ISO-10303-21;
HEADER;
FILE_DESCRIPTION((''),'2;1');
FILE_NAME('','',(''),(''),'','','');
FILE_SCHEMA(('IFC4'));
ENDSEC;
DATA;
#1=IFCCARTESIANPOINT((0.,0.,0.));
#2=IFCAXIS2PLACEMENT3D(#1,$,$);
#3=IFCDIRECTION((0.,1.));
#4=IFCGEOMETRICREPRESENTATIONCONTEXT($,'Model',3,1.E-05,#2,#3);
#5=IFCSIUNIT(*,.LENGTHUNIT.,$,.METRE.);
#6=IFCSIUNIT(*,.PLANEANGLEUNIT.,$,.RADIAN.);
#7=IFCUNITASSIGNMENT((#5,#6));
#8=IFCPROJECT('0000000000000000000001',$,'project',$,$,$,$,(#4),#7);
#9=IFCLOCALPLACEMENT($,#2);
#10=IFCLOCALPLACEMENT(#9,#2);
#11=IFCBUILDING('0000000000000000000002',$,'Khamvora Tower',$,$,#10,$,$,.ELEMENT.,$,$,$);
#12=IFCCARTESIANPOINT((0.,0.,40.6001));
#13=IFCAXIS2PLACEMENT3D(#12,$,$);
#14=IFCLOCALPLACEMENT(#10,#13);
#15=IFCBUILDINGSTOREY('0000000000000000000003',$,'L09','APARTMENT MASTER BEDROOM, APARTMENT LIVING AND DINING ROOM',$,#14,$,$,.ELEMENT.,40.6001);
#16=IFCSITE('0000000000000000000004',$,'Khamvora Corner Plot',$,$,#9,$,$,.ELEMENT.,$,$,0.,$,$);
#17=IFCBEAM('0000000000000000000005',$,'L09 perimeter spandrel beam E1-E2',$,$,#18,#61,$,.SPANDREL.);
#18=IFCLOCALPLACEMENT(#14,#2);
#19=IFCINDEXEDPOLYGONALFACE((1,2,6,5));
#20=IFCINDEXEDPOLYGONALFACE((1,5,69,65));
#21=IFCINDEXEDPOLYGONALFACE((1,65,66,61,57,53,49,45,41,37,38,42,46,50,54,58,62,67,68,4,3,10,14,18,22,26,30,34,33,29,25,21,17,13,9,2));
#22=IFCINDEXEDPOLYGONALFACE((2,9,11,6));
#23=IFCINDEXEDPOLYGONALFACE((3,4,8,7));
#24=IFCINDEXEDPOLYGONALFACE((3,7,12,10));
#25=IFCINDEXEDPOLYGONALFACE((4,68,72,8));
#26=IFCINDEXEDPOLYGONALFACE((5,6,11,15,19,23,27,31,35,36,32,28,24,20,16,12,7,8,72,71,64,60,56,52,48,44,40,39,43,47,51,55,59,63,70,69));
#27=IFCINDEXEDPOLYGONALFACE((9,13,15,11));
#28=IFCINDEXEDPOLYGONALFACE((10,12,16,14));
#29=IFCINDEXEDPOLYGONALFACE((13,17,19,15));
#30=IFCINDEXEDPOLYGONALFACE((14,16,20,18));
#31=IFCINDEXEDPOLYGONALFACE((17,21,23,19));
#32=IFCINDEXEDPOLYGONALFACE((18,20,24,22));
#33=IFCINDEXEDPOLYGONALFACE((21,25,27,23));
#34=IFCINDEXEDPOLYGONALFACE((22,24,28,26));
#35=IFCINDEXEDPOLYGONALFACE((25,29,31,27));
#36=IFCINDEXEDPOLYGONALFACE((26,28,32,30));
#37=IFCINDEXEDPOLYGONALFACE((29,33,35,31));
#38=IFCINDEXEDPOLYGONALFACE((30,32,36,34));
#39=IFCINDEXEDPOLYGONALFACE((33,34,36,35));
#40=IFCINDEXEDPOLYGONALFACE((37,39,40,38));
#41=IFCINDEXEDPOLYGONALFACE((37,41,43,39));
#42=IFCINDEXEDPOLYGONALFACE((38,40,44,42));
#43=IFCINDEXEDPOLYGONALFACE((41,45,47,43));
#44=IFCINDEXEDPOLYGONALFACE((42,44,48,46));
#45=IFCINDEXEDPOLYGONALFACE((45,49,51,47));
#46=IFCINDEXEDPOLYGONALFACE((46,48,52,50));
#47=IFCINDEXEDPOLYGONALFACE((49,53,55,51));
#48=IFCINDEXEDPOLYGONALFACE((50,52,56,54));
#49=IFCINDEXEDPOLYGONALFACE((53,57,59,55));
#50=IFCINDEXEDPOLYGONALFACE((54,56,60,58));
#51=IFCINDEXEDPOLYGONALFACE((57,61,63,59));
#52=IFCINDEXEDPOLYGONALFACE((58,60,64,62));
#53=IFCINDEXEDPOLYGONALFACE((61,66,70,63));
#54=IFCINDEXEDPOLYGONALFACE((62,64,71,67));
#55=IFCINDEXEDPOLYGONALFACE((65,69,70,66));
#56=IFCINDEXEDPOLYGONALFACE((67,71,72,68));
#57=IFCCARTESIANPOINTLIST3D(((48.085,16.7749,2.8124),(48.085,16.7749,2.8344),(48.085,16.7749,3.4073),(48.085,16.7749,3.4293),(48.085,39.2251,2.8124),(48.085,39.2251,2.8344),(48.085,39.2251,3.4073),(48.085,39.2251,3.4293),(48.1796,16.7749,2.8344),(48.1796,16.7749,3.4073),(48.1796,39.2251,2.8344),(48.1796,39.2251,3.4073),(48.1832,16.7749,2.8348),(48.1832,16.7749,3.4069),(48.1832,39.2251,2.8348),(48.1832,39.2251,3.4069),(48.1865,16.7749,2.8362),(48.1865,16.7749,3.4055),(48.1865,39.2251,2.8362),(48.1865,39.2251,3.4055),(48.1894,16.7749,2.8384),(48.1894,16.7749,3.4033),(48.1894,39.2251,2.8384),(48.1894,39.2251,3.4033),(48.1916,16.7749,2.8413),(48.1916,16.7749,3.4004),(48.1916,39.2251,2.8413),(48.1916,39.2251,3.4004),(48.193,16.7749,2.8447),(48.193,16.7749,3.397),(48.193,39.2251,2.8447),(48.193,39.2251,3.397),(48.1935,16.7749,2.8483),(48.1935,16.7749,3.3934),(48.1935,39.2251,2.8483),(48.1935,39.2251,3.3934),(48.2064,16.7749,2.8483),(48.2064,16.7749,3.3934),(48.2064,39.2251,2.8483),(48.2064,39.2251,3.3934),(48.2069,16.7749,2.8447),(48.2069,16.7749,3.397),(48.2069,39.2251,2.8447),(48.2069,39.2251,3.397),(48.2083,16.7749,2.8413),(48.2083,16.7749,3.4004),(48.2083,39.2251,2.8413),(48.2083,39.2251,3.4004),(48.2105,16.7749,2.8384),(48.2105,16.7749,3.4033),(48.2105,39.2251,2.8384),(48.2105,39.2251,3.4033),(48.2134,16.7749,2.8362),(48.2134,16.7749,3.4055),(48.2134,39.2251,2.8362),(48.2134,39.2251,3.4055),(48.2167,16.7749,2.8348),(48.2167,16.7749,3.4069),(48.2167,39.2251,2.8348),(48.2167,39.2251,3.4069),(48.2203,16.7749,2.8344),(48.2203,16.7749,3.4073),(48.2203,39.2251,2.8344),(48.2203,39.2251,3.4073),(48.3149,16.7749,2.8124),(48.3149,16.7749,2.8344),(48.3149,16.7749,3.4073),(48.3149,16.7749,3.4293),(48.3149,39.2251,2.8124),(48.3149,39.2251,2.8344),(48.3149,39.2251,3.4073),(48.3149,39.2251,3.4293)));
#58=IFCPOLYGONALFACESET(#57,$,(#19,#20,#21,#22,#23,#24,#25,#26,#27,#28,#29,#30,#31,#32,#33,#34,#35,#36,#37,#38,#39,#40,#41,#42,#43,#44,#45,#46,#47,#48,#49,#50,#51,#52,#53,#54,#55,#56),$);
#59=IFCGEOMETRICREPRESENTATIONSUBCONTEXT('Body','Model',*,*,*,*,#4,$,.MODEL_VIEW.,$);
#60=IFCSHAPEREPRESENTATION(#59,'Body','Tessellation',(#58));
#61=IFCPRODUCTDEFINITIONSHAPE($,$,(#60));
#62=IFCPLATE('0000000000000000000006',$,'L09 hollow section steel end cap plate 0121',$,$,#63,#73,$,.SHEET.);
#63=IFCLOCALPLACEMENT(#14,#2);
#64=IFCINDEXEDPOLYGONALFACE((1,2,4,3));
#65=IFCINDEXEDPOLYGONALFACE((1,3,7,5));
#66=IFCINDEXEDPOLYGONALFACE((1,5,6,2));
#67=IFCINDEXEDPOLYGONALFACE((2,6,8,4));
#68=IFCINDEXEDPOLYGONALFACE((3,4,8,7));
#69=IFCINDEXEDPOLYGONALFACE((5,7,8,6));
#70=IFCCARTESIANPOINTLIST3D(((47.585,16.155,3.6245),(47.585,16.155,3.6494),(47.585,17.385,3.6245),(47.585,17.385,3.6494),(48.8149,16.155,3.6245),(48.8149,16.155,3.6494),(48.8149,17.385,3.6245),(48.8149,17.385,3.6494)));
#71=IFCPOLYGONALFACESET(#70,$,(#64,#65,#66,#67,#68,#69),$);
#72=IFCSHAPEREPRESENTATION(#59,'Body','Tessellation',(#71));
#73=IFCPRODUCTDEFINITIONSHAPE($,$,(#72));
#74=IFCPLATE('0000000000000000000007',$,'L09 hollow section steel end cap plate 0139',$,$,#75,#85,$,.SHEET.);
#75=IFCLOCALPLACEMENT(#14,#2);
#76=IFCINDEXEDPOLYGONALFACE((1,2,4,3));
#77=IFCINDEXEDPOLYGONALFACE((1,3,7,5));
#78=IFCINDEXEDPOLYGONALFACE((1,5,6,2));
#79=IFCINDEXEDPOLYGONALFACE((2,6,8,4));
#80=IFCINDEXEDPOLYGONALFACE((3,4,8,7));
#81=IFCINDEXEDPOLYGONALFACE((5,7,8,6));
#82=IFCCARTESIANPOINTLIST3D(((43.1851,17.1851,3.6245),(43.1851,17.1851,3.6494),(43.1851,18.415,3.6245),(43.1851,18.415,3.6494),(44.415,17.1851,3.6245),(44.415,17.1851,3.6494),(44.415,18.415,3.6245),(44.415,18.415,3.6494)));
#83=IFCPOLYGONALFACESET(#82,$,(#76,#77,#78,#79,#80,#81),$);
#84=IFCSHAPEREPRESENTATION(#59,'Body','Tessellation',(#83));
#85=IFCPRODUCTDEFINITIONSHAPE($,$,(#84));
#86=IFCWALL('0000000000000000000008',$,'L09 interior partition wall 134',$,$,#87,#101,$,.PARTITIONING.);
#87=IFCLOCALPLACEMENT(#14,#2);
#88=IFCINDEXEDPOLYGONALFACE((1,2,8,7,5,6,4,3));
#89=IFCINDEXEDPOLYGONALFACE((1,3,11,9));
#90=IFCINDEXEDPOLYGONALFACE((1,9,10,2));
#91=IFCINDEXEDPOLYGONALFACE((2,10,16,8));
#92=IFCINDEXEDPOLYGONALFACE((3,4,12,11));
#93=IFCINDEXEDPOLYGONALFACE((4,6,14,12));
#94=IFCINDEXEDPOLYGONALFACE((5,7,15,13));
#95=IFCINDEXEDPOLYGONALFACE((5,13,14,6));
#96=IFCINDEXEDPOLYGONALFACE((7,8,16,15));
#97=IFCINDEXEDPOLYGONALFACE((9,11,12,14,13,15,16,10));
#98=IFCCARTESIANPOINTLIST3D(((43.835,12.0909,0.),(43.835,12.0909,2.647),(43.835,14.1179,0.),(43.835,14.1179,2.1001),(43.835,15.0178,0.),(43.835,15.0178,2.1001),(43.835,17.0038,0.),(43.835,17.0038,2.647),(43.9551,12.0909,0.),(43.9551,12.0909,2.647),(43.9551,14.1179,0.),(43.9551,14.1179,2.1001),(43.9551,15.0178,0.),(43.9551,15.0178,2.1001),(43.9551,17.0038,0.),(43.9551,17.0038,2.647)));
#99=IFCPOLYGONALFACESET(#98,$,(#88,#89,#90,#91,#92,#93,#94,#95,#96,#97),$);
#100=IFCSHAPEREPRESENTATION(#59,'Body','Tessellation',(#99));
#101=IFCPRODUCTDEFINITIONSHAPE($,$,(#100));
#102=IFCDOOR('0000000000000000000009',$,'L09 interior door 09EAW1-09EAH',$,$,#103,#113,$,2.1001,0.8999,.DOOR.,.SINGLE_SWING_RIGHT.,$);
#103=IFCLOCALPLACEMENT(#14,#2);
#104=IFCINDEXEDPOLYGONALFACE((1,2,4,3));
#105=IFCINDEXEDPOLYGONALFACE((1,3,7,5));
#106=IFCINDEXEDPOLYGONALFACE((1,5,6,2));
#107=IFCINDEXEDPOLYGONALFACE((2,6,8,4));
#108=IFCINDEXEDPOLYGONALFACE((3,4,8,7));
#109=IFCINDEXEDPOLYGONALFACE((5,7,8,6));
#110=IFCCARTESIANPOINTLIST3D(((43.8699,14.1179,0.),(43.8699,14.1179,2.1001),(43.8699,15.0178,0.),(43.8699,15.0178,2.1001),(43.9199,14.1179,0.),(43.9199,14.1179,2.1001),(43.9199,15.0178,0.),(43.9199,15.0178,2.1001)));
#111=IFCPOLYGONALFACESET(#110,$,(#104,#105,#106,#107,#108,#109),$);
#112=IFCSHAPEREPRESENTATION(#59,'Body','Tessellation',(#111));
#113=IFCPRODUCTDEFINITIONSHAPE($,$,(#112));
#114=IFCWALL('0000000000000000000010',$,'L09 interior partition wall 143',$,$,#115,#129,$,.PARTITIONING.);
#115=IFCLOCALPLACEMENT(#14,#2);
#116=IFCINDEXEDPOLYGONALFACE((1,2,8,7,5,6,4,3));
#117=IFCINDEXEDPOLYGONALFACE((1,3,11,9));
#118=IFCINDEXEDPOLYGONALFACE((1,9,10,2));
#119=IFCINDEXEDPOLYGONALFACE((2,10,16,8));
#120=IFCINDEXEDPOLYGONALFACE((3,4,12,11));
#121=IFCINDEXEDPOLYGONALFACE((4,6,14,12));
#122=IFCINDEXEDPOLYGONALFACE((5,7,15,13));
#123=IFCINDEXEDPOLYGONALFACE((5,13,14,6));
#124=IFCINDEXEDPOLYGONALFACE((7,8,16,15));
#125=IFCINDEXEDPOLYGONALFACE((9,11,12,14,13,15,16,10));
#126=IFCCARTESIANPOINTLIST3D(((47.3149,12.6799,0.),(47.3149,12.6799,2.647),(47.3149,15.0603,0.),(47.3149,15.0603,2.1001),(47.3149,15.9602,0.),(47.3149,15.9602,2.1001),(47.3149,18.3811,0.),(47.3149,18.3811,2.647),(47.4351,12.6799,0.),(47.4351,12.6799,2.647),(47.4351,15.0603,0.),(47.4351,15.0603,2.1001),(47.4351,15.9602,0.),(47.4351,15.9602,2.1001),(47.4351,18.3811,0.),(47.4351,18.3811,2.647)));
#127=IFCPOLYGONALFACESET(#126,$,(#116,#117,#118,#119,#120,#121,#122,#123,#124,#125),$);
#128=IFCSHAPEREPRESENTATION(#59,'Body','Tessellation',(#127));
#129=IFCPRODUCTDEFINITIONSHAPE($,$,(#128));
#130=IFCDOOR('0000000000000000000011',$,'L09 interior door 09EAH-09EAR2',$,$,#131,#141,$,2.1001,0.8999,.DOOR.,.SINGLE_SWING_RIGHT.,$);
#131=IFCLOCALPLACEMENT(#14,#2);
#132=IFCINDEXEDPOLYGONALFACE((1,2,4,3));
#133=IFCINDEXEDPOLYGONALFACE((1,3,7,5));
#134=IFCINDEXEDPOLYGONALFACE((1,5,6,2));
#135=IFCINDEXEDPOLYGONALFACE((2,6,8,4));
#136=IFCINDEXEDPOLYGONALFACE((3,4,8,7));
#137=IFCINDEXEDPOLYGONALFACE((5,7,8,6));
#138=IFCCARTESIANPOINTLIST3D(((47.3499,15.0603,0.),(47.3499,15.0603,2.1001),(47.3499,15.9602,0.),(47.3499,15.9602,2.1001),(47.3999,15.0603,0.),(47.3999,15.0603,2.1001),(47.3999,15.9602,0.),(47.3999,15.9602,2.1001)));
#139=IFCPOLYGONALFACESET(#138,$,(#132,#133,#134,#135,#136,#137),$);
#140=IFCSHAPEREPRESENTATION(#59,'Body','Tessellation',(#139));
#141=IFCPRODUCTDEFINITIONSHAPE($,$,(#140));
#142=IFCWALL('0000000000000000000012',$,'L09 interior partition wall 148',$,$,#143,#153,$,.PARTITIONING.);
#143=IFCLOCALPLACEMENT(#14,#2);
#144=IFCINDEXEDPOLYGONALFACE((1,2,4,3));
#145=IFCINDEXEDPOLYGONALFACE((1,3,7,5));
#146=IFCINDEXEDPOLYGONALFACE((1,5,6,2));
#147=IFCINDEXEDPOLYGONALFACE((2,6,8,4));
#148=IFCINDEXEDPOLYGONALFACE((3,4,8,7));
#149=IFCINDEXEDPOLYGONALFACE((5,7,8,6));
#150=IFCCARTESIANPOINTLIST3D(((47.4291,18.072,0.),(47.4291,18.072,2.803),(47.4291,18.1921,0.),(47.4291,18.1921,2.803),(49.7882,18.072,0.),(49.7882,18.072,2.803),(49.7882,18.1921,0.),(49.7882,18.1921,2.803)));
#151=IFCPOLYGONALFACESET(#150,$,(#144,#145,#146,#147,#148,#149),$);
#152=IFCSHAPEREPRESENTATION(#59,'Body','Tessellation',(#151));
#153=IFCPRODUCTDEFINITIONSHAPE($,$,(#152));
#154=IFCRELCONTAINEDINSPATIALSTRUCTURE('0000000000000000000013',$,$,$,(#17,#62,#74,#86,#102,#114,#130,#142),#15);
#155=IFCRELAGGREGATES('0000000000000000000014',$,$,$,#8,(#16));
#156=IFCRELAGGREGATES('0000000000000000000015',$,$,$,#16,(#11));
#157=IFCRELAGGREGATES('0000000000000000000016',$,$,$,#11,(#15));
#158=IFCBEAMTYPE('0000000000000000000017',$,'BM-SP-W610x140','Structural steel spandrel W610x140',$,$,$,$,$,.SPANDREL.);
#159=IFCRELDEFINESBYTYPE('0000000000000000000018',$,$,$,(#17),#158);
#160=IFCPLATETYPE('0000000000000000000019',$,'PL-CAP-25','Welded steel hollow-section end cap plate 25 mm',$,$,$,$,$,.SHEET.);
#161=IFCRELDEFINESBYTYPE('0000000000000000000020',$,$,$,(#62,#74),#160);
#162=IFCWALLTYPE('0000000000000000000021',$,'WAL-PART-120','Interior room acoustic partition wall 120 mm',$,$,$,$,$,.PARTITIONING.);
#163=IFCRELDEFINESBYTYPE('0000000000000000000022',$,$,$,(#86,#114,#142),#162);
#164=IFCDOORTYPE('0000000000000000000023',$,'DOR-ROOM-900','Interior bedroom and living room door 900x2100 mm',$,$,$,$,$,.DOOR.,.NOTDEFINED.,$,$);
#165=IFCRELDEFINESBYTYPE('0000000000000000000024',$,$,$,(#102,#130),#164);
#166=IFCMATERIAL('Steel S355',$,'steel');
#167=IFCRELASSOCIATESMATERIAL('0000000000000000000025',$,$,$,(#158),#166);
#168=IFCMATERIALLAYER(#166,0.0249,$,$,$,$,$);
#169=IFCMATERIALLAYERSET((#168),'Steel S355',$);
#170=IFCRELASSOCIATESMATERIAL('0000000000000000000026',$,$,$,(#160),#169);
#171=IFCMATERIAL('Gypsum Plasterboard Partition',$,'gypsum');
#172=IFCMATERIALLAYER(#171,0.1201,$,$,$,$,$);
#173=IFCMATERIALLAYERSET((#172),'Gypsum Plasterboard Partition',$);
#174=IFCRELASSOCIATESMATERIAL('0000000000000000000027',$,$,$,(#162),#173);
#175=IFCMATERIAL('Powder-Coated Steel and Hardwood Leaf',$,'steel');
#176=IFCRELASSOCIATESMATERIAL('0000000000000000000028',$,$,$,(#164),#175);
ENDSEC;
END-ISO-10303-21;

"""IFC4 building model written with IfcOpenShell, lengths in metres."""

from ifc_helpers import new_model, si_unit, direction, frame, frame_2d, origin, origin_2d, place, context, subcontext, project, spatial, rectangle, i_section, extrude, material, layer, layer_set, material_profile, profile_set, type_object, element, fill, save


model = new_model("IFC4")

# Units and contexts
model_context = context("Model", 3, precision=1e-05, world=origin(), true_north=direction((0.0, 1.0)))
body_context = subcontext(model_context, "Body", "Model", "MODEL_VIEW")
ifc_project = project(units=[si_unit("LENGTHUNIT", "METRE"), si_unit("PLANEANGLEUNIT", "RADIAN")], contexts=[model_context])

# Site, building, storey
site_placement = place(None, origin())
site = spatial("IfcSite", under=ifc_project, at=site_placement, Name="Khamvora Corner Plot", CompositionType="ELEMENT", RefElevation=0.0)
building_placement = place(site_placement, origin())
building = spatial("IfcBuilding", under=site, at=building_placement, Name="Khamvora Tower", CompositionType="ELEMENT")
storey_placement = place(building_placement, frame((0.0, 0.0, 40.6001)))
storey = spatial("IfcBuildingStorey", under=building, at=storey_placement, Name="L09", Description="APARTMENT MASTER BEDROOM, APARTMENT LIVING AND DINING ROOM", CompositionType="ELEMENT", Elevation=40.6001)

# Beam
ifc_material_1 = material(Name="Steel S355", Category="steel")
ifc_material_profile_1 = material_profile(ifc_material_1, i_section(OverallWidth=0.23, OverallDepth=0.6169, WebThickness=0.0129, FlangeThickness=0.022, FilletRadius=0.0139, at=origin_2d()), Name="W610x140")
ifc_profile_set_1 = profile_set([ifc_material_profile_1], Name="Steel S355")
beam_type_1 = type_object("IfcBeamType", Name="BM-SP-W610x140", Description="Structural steel spandrel W610x140", PredefinedType="SPANDREL", material=ifc_profile_set_1)
beam_1_placement = place(storey_placement, frame((48.2, 16.7749, 3.1208), z_axis=(0.0, 1.0, 0.0), x_axis=(-1.0, 0.0, 0.0)))
element("IfcBeam", 1, at=beam_1_placement, inside=storey, type_object=beam_type_1, Name="L09 perimeter spandrel beam E1-E2", PredefinedType="SPANDREL", context=body_context, shape_type="SweptSolid", body=[
    extrude(i_section(OverallWidth=0.23, OverallDepth=0.6169, WebThickness=0.0129, FlangeThickness=0.022, FilletRadius=0.0139, at=origin_2d()), origin(), (0.0, 0.0, 1.0), 22.4502),
])

# Plates
ifc_layer_1 = layer(ifc_material_1, 0.0249)
ifc_layer_set_1 = layer_set([ifc_layer_1], Name="Steel S355")
plate_type = type_object("IfcPlateType", Name="PL-CAP-25", Description="Welded steel hollow-section end cap plate 25 mm", PredefinedType="SHEET", material=ifc_layer_set_1)
for number, where, z_axis, x_axis, name in (
    (2, (48.2, 16.77, 3.6245), (0.0, 0.0, 1.0), (1.0, 0.0, 0.0), "L09 hollow section steel end cap plate 0121"),
    (3, (43.8, 17.8, 3.6245), (0.0, 0.0, 1.0), (1.0, 0.0, 0.0), "L09 hollow section steel end cap plate 0139"),
):
    element("IfcPlate", number, at=place(storey_placement, frame(where, z_axis=z_axis, x_axis=x_axis)), inside=storey, type_object=plate_type, Name=name, PredefinedType="SHEET", context=body_context, shape_type="SweptSolid", body=[
        extrude(rectangle(XDim=1.23, YDim=1.23, at=origin_2d()), origin(), (0.0, 0.0, 1.0), 0.0249),
    ])

# Walls, openings, doors
ifc_material_2 = material(Name="Gypsum Plasterboard Partition", Category="gypsum")
ifc_layer_2 = layer(ifc_material_2, 0.1201)
ifc_layer_set_2 = layer_set([ifc_layer_2], Name="Gypsum Plasterboard Partition")
wall_type_1 = type_object("IfcWallType", Name="WAL-PART-120", Description="Interior room acoustic partition wall 120 mm", PredefinedType="PARTITIONING", material=ifc_layer_set_2)
wall_1_placement = place(storey_placement, frame((43.895, 17.0039, 0.0), z_axis=(0.0, 0.0, 1.0), x_axis=(0.0, -1.0, 0.0)))
wall_1 = element("IfcWall", 4, at=wall_1_placement, inside=storey, type_object=wall_type_1, Name="L09 interior partition wall 134", PredefinedType="PARTITIONING", context=body_context, shape_type="SweptSolid", body=[
    extrude(rectangle(XDim=4.9128, YDim=0.1201, at=frame_2d((2.4565, 0.0))), origin(), (0.0, 0.0, 1.0), 2.647),
])
opening_1_placement = place(wall_1_placement, frame((1.9861, 0.0, 0.0)))
opening_1 = element("IfcOpeningElement", 5, at=opening_1_placement, cuts=wall_1, PredefinedType="OPENING", context=body_context, shape_type="SweptSolid", body=[
    extrude(rectangle(XDim=0.8999, YDim=2.1001, at=frame_2d((0.45, 1.05))), frame((0.0, 0.0701, 0.0), z_axis=(0.0, -1.0, 0.0), x_axis=(1.0, 0.0, 0.0)), (0.0, 0.0, 1.0), 0.1401),
])
ifc_material_3 = material(Name="Powder-Coated Steel and Hardwood Leaf", Category="steel")
door_type_1 = type_object("IfcDoorType", Name="DOR-ROOM-900", Description="Interior bedroom and living room door 900x2100 mm", OperationType="NOTDEFINED", PredefinedType="DOOR", material=ifc_material_3)
door_1_placement = place(opening_1_placement, origin())
door_1 = element("IfcDoor", 6, at=door_1_placement, inside=storey, type_object=door_type_1, Name="L09 interior door 09EAW1-09EAH", OperationType="SINGLE_SWING_RIGHT", OverallHeight=2.1001, OverallWidth=0.8999, PredefinedType="DOOR", context=body_context, shape_type="SweptSolid", body=[
    extrude(rectangle(XDim=0.8999, YDim=2.1001, at=frame_2d((0.45, 1.05))), frame((0.0, 0.0249, 0.0), z_axis=(0.0, -1.0, 0.0), x_axis=(1.0, 0.0, 0.0)), (0.0, 0.0, 1.0), 0.05),
])
fill(opening_1, door_1)
wall_2_placement = place(storey_placement, frame((47.375, 18.3811, 0.0), z_axis=(0.0, 0.0, 1.0), x_axis=(0.0, -1.0, 0.0)))
wall_2 = element("IfcWall", 7, at=wall_2_placement, inside=storey, type_object=wall_type_1, Name="L09 interior partition wall 143", PredefinedType="PARTITIONING", context=body_context, shape_type="SweptSolid", body=[
    extrude(rectangle(XDim=5.7012, YDim=0.1201, at=frame_2d((2.8506, 0.0))), origin(), (0.0, 0.0, 1.0), 2.647),
])
opening_2_placement = place(wall_2_placement, frame((2.4209, 0.0, 0.0)))
opening_2 = element("IfcOpeningElement", 8, at=opening_2_placement, cuts=wall_2, PredefinedType="OPENING", context=body_context, shape_type="SweptSolid", body=[
    extrude(rectangle(XDim=0.8999, YDim=2.1001, at=frame_2d((0.45, 1.05))), frame((0.0, 0.0701, 0.0), z_axis=(0.0, -1.0, 0.0), x_axis=(1.0, 0.0, 0.0)), (0.0, 0.0, 1.0), 0.1401),
])
door_2_placement = place(opening_2_placement, origin())
door_2 = element("IfcDoor", 9, at=door_2_placement, inside=storey, type_object=door_type_1, Name="L09 interior door 09EAH-09EAR2", OperationType="SINGLE_SWING_RIGHT", OverallHeight=2.1001, OverallWidth=0.8999, PredefinedType="DOOR", context=body_context, shape_type="SweptSolid", body=[
    extrude(rectangle(XDim=0.8999, YDim=2.1001, at=frame_2d((0.45, 1.05))), frame((0.0, 0.0249, 0.0), z_axis=(0.0, -1.0, 0.0), x_axis=(1.0, 0.0, 0.0)), (0.0, 0.0, 1.0), 0.05),
])
fill(opening_2, door_2)

# Wall
wall_3_placement = place(storey_placement, frame((47.429, 18.1321, 0.0), z_axis=(0.0, 0.0, 1.0), x_axis=(1.0, 0.0, 0.0)))
element("IfcWall", 10, at=wall_3_placement, inside=storey, type_object=wall_type_1, Name="L09 interior partition wall 148", PredefinedType="PARTITIONING", context=body_context, shape_type="SweptSolid", body=[
    extrude(rectangle(XDim=2.3591, YDim=0.1201, at=frame_2d((1.1797, 0.0))), origin(), (0.0, 0.0, 1.0), 2.803),
])

save(model, "model.ifc")
